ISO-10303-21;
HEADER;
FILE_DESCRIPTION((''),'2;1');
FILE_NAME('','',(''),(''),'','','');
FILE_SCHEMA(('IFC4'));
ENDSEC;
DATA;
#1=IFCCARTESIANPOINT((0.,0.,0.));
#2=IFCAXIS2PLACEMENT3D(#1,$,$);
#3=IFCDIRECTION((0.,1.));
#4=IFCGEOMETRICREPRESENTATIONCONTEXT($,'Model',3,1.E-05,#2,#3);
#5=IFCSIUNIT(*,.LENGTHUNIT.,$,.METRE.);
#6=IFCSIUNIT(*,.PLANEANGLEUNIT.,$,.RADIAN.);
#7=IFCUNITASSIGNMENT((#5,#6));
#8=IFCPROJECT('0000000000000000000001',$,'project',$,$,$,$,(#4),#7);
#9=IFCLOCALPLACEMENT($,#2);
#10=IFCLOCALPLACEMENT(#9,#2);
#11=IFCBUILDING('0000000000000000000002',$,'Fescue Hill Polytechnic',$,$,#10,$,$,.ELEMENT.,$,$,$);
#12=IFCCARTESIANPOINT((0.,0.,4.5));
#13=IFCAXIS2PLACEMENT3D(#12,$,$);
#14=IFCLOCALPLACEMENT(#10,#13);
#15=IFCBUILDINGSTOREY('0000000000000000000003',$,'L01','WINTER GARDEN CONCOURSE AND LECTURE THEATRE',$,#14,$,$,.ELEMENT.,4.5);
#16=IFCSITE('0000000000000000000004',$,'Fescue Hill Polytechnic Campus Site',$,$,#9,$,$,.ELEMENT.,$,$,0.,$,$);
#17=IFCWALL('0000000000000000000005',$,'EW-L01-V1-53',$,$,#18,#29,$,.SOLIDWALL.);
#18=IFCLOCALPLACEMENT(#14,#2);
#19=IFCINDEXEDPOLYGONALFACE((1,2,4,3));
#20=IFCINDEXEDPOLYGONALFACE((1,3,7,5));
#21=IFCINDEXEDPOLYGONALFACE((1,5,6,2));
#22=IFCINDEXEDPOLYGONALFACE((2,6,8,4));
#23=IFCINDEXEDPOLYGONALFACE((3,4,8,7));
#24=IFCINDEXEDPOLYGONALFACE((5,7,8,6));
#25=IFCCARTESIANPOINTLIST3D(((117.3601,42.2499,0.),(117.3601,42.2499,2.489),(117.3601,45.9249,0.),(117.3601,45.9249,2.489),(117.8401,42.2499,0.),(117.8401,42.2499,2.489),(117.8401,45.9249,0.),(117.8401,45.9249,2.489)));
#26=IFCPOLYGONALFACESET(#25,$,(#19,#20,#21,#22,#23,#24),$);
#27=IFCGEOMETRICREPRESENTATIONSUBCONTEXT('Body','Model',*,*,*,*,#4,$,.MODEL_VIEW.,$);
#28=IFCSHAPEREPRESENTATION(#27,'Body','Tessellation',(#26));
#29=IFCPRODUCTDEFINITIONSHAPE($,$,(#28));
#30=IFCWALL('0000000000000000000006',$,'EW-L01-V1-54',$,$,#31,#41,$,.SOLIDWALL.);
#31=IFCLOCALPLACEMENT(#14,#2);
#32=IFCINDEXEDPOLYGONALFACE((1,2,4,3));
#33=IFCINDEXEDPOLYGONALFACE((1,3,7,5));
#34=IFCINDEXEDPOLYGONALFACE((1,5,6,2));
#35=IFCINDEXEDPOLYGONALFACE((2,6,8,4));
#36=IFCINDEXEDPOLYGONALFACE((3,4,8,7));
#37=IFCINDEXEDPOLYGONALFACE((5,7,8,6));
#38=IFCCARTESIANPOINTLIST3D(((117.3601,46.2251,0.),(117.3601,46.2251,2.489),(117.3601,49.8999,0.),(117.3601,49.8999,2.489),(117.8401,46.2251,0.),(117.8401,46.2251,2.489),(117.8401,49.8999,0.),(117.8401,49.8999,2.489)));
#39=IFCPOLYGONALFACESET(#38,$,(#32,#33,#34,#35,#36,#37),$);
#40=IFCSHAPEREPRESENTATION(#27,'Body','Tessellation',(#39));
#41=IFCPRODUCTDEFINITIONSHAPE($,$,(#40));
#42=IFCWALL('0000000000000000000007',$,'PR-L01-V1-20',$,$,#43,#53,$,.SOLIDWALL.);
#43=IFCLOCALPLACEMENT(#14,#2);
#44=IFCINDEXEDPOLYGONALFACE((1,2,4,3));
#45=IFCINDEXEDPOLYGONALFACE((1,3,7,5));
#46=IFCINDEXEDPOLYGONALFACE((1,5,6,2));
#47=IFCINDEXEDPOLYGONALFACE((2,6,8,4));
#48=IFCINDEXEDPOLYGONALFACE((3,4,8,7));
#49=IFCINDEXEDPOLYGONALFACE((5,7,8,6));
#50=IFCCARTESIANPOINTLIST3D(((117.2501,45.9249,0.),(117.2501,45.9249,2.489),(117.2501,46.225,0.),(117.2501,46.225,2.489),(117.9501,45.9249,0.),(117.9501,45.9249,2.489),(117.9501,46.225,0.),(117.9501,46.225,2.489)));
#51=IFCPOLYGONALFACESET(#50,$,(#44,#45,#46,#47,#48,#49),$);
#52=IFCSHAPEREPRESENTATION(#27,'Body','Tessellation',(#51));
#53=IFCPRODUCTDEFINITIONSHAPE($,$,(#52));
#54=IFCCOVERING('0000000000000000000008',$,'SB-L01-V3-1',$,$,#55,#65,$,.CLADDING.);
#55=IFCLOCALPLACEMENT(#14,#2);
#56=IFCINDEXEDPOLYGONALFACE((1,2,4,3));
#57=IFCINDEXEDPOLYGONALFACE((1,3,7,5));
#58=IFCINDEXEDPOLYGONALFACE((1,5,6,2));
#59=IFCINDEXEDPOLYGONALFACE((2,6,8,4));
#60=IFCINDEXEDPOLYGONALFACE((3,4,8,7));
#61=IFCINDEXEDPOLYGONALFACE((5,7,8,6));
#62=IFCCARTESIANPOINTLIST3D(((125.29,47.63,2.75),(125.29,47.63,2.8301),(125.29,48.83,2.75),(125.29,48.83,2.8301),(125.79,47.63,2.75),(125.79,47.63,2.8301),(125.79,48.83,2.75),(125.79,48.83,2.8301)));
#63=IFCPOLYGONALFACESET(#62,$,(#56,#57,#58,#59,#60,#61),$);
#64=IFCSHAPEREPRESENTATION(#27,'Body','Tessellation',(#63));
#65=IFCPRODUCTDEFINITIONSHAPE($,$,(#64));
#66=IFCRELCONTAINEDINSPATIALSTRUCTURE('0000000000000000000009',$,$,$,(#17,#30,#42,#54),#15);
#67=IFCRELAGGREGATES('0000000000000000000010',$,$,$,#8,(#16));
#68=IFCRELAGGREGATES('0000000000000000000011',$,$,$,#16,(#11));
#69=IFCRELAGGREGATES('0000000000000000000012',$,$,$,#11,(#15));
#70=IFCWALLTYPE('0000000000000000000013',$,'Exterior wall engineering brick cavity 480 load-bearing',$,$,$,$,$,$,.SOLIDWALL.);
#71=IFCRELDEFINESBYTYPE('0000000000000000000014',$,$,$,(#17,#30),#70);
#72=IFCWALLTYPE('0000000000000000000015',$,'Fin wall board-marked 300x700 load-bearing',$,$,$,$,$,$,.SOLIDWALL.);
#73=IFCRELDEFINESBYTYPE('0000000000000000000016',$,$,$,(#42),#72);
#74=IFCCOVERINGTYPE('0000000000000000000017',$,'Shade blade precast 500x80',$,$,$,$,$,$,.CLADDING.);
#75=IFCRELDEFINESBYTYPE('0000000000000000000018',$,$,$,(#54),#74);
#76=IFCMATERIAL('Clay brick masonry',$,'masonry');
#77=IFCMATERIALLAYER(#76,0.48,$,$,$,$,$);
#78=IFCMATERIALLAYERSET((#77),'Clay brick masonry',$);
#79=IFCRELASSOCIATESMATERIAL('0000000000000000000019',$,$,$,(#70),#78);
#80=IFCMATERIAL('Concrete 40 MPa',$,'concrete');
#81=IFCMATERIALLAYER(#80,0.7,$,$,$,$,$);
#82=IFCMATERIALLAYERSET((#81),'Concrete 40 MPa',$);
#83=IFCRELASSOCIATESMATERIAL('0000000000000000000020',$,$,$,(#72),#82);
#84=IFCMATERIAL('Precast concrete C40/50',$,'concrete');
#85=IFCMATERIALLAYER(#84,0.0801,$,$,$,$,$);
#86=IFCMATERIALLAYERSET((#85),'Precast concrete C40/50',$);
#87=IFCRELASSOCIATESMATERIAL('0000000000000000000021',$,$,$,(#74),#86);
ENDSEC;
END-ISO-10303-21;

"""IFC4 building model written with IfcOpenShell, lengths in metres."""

from ifc_helpers import new_model, si_unit, direction, frame, frame_2d, origin, origin_2d, place, context, subcontext, project, spatial, rectangle, extrude, material, layer, layer_set, type_object, element, save


model = new_model("IFC4")

# Units and contexts
model_context = context("Model", 3, precision=1e-05, world=origin(), true_north=direction((0.0, 1.0)))
body_context = subcontext(model_context, "Body", "Model", "MODEL_VIEW")
ifc_project = project(units=[si_unit("LENGTHUNIT", "METRE"), si_unit("PLANEANGLEUNIT", "RADIAN")], contexts=[model_context])

# Site, building, storey
site_placement = place(None, origin())
site = spatial("IfcSite", under=ifc_project, at=site_placement, Name="Fescue Hill Polytechnic Campus Site", CompositionType="ELEMENT", RefElevation=0.0)
building_placement = place(site_placement, origin())
building = spatial("IfcBuilding", under=site, at=building_placement, Name="Fescue Hill Polytechnic", CompositionType="ELEMENT")
storey_placement = place(building_placement, frame((0.0, 0.0, 4.5)))
storey = spatial("IfcBuildingStorey", under=building, at=storey_placement, Name="L01", Description="WINTER GARDEN CONCOURSE AND LECTURE THEATRE", CompositionType="ELEMENT", Elevation=4.5)

# Shared definitions
ifc_material_1 = material(Name="Concrete 40 MPa", Category="concrete")

# Walls
ifc_material_2 = material(Name="Clay brick masonry", Category="masonry")
ifc_layer_1 = layer(ifc_material_2, 0.48)
ifc_layer_set_1 = layer_set([ifc_layer_1], Name="Clay brick masonry")
wall_type_1 = type_object("IfcWallType", Name="Exterior wall engineering brick cavity 480 load-bearing", PredefinedType="SOLIDWALL", material=ifc_layer_set_1)
wall_1_placement = place(storey_placement, frame((117.6001, 42.25, 0.0), z_axis=(0.0, 0.0, 1.0), x_axis=(0.0, 1.0, 0.0)))
element("IfcWall", 1, at=wall_1_placement, inside=storey, type_object=wall_type_1, Name="EW-L01-V1-53", PredefinedType="SOLIDWALL", context=body_context, shape_type="SweptSolid", body=[
    extrude(rectangle(XDim=3.675, YDim=0.48, at=frame_2d((1.8374, 0.0))), origin(), (0.0, 0.0, 1.0), 2.489),
])
wall_2_placement = place(storey_placement, frame((117.6001, 46.2251, 0.0), z_axis=(0.0, 0.0, 1.0), x_axis=(0.0, 1.0, 0.0)))
element("IfcWall", 2, at=wall_2_placement, inside=storey, type_object=wall_type_1, Name="EW-L01-V1-54", PredefinedType="SOLIDWALL", context=body_context, shape_type="SweptSolid", body=[
    extrude(rectangle(XDim=3.6748, YDim=0.48, at=frame_2d((1.8374, 0.0))), origin(), (0.0, 0.0, 1.0), 2.489),
])
ifc_layer_2 = layer(ifc_material_1, 0.7)
ifc_layer_set_2 = layer_set([ifc_layer_2], Name="Concrete 40 MPa")
wall_type_2 = type_object("IfcWallType", Name="Fin wall board-marked 300x700 load-bearing", PredefinedType="SOLIDWALL", material=ifc_layer_set_2)
wall_3_placement = place(storey_placement, frame((117.6001, 45.925, 0.0), z_axis=(0.0, 0.0, 1.0), x_axis=(0.0, 1.0, 0.0)))
element("IfcWall", 3, at=wall_3_placement, inside=storey, type_object=wall_type_2, Name="PR-L01-V1-20", PredefinedType="SOLIDWALL", context=body_context, shape_type="SweptSolid", body=[
    extrude(rectangle(XDim=0.3, YDim=0.7, at=frame_2d((0.1499, 0.0))), origin(), (0.0, 0.0, 1.0), 2.489),
])

# Covering
ifc_material_3 = material(Name="Precast concrete C40/50", Category="concrete")
ifc_layer_3 = layer(ifc_material_3, 0.0801)
ifc_layer_set_3 = layer_set([ifc_layer_3], Name="Precast concrete C40/50")
covering_type = type_object("IfcCoveringType", Name="Shade blade precast 500x80", PredefinedType="CLADDING", material=ifc_layer_set_3)
covering_placement = place(storey_placement, frame((125.54, 48.23, 2.75), z_axis=(0.0, 0.0, 1.0), x_axis=(0.0, -1.0, 0.0)))
element("IfcCovering", 4, at=covering_placement, inside=storey, type_object=covering_type, Name="SB-L01-V3-1", PredefinedType="CLADDING", context=body_context, shape_type="SweptSolid", body=[
    extrude(rectangle(XDim=1.2, YDim=0.5, at=origin_2d()), origin(), (0.0, 0.0, 1.0), 0.0801),
])

save(model, "model.ifc")
